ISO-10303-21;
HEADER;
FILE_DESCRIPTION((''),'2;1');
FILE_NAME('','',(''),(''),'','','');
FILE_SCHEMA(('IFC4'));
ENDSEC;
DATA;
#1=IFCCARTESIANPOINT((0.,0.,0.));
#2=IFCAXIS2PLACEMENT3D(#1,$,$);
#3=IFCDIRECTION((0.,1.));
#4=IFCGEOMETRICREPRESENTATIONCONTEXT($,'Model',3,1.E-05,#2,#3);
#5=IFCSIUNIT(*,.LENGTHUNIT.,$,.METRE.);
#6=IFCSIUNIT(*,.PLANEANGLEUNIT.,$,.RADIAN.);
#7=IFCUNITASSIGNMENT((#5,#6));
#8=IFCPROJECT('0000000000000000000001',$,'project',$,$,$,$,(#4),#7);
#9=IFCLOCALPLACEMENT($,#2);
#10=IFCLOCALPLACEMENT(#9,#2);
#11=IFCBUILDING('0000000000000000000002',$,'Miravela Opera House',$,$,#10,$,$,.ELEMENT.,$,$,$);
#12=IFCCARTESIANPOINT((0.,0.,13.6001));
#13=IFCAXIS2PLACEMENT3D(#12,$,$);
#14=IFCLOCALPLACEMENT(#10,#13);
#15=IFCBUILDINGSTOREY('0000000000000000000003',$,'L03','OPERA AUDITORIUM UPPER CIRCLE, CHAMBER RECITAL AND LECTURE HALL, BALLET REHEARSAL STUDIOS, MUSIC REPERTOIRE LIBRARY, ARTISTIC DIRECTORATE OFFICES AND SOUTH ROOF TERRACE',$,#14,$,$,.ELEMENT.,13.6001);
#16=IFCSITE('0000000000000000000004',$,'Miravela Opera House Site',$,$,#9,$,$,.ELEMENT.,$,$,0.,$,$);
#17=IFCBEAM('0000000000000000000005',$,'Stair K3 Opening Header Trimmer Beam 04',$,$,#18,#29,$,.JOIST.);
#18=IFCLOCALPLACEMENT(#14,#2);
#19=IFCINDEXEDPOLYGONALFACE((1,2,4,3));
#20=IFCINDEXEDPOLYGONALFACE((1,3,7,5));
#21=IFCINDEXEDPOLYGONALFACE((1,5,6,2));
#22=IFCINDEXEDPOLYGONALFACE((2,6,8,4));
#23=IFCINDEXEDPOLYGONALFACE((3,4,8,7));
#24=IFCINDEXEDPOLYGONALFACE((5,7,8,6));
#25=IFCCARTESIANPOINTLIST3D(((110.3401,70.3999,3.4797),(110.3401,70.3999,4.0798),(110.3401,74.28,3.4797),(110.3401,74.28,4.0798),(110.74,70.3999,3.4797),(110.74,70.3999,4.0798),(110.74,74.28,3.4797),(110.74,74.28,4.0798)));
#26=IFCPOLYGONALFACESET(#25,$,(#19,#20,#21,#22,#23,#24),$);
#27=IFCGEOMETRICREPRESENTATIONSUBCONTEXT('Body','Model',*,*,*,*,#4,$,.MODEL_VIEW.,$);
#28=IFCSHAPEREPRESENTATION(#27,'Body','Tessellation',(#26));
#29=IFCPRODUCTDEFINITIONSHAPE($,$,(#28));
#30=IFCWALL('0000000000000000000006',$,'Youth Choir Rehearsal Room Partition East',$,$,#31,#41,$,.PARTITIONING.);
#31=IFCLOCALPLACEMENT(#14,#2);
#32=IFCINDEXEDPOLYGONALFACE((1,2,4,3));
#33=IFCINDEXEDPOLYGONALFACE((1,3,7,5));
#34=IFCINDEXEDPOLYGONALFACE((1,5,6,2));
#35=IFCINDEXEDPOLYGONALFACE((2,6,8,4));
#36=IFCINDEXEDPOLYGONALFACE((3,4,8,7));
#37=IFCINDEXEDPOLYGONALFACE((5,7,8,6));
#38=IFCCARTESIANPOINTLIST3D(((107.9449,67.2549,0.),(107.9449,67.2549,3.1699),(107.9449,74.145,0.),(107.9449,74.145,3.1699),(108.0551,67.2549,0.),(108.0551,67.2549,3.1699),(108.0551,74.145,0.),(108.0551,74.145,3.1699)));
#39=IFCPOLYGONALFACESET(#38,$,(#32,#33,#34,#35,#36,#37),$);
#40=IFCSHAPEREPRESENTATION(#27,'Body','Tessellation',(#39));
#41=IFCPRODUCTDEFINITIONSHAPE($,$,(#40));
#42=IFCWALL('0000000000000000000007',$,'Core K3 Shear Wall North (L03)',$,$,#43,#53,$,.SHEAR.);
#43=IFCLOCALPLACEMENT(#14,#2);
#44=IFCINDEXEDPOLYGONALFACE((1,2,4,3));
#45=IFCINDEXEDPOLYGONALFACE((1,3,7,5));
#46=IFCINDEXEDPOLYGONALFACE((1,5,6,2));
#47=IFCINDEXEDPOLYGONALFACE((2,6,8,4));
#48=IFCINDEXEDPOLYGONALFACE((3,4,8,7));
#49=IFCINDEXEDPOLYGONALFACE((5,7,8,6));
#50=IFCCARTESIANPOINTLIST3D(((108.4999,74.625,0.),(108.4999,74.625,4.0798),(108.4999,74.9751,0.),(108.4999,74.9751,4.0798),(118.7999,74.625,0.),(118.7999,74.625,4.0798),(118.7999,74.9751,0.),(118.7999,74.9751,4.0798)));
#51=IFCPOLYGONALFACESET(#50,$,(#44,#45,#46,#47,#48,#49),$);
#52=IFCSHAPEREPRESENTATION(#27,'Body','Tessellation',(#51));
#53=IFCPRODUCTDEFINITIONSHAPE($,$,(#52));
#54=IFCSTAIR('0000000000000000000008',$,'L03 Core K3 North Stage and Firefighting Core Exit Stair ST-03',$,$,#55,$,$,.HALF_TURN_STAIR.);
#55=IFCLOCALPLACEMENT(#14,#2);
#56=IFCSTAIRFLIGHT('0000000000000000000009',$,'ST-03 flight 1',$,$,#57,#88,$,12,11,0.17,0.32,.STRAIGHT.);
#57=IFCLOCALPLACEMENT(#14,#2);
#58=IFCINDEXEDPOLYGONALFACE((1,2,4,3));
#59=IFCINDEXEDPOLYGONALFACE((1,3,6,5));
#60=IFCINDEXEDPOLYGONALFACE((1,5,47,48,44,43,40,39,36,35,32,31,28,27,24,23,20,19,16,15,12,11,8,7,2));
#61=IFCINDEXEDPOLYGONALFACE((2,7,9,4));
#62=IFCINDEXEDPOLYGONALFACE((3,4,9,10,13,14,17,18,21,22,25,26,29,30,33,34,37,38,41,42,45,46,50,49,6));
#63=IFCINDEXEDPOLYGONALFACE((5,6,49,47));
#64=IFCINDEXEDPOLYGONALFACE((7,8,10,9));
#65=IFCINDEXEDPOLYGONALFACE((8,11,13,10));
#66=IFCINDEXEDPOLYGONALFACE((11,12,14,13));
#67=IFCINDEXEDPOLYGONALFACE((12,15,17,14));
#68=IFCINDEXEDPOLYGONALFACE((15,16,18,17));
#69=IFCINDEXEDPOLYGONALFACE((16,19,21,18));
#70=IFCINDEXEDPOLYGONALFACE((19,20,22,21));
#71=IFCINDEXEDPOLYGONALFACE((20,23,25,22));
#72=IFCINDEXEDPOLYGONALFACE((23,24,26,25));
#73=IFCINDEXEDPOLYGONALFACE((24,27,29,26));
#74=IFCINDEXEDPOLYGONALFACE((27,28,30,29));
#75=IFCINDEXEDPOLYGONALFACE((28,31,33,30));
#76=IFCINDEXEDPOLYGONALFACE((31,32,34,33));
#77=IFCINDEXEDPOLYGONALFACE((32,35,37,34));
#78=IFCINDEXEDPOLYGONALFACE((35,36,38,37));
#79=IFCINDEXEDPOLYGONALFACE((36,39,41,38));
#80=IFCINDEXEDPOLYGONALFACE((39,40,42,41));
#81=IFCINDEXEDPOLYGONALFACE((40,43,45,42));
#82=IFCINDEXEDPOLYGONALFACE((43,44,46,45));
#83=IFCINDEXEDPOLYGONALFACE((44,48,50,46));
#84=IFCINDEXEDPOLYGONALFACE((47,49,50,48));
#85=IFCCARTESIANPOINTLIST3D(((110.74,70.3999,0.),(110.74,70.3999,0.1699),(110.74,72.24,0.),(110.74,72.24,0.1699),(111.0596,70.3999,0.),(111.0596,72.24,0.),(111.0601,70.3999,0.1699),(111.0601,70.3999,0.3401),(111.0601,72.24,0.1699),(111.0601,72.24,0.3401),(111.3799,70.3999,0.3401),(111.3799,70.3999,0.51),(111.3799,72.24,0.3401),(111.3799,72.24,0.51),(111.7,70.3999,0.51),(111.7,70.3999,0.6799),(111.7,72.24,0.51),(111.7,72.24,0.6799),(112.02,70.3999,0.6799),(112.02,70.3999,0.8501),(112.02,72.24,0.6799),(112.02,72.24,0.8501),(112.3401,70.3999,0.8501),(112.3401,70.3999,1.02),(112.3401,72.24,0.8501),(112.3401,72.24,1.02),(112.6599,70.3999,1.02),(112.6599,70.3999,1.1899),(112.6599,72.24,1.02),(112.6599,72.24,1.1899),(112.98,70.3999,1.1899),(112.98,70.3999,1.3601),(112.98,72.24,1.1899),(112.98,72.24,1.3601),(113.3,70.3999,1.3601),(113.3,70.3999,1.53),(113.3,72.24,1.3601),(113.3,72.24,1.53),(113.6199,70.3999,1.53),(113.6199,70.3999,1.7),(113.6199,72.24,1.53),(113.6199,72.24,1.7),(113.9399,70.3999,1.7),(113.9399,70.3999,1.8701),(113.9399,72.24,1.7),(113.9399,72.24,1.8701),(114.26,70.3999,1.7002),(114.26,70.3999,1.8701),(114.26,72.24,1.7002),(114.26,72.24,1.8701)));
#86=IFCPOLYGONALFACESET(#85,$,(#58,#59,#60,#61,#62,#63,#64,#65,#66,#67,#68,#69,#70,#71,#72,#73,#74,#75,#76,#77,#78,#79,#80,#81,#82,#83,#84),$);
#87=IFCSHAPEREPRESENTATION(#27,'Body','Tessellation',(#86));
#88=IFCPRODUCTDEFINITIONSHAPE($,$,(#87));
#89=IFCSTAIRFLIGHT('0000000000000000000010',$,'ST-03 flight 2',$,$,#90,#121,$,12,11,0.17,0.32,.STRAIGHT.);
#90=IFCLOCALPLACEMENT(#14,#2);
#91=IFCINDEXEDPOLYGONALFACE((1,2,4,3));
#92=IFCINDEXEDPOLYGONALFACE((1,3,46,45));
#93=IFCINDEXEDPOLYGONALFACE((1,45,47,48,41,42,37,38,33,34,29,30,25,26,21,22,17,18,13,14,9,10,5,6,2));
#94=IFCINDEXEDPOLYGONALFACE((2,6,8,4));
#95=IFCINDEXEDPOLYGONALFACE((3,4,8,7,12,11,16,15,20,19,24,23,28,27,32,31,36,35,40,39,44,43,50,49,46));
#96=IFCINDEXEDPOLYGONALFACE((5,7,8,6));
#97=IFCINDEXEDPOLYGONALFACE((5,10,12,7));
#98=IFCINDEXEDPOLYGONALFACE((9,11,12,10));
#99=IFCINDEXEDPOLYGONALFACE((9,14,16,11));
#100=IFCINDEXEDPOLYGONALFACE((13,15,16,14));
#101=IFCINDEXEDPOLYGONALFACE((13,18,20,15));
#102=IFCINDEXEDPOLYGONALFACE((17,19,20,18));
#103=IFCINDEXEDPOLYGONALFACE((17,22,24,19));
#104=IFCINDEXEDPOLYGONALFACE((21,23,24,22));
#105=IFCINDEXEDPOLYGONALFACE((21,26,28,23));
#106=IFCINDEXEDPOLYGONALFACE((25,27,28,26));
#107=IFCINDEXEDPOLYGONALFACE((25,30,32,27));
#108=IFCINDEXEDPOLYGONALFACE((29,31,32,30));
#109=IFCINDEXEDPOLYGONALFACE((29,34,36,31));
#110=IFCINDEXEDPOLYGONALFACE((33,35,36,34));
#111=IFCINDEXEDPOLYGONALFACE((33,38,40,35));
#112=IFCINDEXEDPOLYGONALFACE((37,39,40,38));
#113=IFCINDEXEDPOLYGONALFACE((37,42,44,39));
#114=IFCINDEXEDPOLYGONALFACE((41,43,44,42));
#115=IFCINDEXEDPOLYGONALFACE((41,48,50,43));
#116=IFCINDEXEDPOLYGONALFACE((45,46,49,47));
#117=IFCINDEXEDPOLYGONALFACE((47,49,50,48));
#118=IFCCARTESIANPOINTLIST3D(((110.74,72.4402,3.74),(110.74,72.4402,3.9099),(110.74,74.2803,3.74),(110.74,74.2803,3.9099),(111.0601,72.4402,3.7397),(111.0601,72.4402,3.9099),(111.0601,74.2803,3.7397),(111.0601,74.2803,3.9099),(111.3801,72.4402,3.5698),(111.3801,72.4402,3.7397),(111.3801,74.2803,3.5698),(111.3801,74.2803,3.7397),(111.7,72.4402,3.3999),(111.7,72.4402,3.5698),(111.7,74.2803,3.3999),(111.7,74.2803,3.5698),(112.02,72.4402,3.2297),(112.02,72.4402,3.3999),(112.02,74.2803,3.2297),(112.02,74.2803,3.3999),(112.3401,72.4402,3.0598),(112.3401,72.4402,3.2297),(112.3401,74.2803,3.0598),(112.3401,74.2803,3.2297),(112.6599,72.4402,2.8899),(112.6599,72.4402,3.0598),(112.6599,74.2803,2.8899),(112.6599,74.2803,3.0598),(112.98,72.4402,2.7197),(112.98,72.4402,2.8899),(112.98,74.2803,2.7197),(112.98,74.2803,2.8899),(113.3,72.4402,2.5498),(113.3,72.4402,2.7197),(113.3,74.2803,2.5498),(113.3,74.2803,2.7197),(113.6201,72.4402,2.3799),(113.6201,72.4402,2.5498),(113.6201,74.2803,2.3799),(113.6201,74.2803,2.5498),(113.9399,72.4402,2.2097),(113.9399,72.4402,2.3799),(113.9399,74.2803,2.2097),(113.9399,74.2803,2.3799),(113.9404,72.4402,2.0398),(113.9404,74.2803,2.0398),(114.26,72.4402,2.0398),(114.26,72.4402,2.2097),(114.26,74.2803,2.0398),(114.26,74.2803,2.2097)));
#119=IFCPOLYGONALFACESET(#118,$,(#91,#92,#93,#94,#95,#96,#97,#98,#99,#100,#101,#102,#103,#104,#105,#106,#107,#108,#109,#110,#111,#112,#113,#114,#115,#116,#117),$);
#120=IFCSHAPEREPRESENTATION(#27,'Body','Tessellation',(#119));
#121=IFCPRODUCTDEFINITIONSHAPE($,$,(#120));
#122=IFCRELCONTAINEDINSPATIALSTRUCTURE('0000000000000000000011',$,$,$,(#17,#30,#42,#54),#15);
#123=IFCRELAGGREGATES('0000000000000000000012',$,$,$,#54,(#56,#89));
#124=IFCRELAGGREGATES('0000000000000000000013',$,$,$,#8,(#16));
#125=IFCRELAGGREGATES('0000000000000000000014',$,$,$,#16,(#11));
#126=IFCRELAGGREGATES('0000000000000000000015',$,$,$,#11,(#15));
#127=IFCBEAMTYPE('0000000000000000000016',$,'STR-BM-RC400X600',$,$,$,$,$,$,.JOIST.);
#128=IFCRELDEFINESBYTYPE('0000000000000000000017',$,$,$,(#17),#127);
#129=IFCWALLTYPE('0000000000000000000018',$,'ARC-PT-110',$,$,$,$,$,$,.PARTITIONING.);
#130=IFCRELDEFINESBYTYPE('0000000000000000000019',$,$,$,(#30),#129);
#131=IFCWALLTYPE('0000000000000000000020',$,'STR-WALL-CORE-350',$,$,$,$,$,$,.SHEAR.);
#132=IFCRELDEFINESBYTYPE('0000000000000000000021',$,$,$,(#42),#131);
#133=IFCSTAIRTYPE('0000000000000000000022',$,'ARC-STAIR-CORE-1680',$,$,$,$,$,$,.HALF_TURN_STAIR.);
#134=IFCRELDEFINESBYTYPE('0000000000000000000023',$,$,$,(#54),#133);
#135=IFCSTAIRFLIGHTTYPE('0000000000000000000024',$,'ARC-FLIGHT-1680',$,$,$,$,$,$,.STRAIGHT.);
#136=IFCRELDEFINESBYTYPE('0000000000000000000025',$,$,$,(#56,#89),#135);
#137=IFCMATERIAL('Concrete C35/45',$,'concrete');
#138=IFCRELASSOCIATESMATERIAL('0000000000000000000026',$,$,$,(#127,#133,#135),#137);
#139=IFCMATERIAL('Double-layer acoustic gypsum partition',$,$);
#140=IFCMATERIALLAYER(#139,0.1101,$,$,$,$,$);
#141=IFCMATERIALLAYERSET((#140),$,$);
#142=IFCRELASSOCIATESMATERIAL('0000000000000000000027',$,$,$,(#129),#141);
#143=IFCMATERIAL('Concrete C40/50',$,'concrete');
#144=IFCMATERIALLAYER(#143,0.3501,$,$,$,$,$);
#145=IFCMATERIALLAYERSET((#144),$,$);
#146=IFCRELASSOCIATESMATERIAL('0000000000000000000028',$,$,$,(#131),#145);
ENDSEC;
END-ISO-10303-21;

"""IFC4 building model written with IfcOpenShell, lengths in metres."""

from ifc_helpers import new_model, si_unit, direction, frame, frame_2d, origin, origin_2d, place, context, subcontext, project, spatial, polyline, rectangle, outline, extrude, material, layer, layer_set, material_profile, profile_set, type_object, element, aggregate, save


model = new_model("IFC4")

# Units and contexts
model_context = context("Model", 3, precision=1e-05, world=origin(), true_north=direction((0.0, 1.0)))
body_context = subcontext(model_context, "Body", "Model", "MODEL_VIEW")
ifc_project = project(units=[si_unit("LENGTHUNIT", "METRE"), si_unit("PLANEANGLEUNIT", "RADIAN")], contexts=[model_context])

# Site, building, storey
site_placement = place(None, origin())
site = spatial("IfcSite", under=ifc_project, at=site_placement, Name="Miravela Opera House Site", CompositionType="ELEMENT", RefElevation=0.0)
building_placement = place(site_placement, origin())
building = spatial("IfcBuilding", under=site, at=building_placement, Name="Miravela Opera House", CompositionType="ELEMENT")
storey_placement = place(building_placement, frame((0.0, 0.0, 13.6001)))
storey = spatial("IfcBuildingStorey", under=building, at=storey_placement, Name="L03", Description="OPERA AUDITORIUM UPPER CIRCLE, CHAMBER RECITAL AND LECTURE HALL, BALLET REHEARSAL STUDIOS, MUSIC REPERTOIRE LIBRARY, ARTISTIC DIRECTORATE OFFICES AND SOUTH ROOF TERRACE", CompositionType="ELEMENT", Elevation=13.6001)

# Beam
ifc_material_1 = material(Name="Concrete C35/45", Category="concrete")
ifc_material_profile_1 = material_profile(ifc_material_1, rectangle(XDim=0.3999, YDim=0.6001, at=origin_2d()), Name="RC-BM-400X600")
ifc_profile_set_1 = profile_set([ifc_material_profile_1])
beam_type = type_object("IfcBeamType", Name="STR-BM-RC400X600", PredefinedType="JOIST", material=ifc_profile_set_1)
beam_placement = place(storey_placement, frame((110.54, 70.3999, 3.7798), z_axis=(0.0, 1.0, 0.0), x_axis=(-1.0, 0.0, 0.0)))
element("IfcBeam", 1, at=beam_placement, inside=storey, type_object=beam_type, Name="Stair K3 Opening Header Trimmer Beam 04", PredefinedType="JOIST", context=body_context, shape_type="SweptSolid", body=[
    extrude(rectangle(XDim=0.3999, YDim=0.6001, at=origin_2d()), origin(), (0.0, 0.0, 1.0), 3.8801),
])

# Walls
ifc_material_2 = material(Name="Double-layer acoustic gypsum partition")
ifc_layer_1 = layer(ifc_material_2, 0.1101)
ifc_layer_set_1 = layer_set([ifc_layer_1])
wall_type_1 = type_object("IfcWallType", Name="ARC-PT-110", PredefinedType="PARTITIONING", material=ifc_layer_set_1)
wall_1_placement = place(storey_placement, frame((108.0, 67.2549, 0.0), z_axis=(0.0, 0.0, 1.0), x_axis=(0.0, 1.0, 0.0)))
element("IfcWall", 2, at=wall_1_placement, inside=storey, type_object=wall_type_1, Name="Youth Choir Rehearsal Room Partition East", PredefinedType="PARTITIONING", context=body_context, shape_type="SweptSolid", body=[
    extrude(rectangle(XDim=6.8901, YDim=0.1101, at=frame_2d((3.4451, 0.0))), origin(), (0.0, 0.0, 1.0), 3.1699),
])
ifc_material_3 = material(Name="Concrete C40/50", Category="concrete")
ifc_layer_2 = layer(ifc_material_3, 0.3501)
ifc_layer_set_2 = layer_set([ifc_layer_2])
wall_type_2 = type_object("IfcWallType", Name="STR-WALL-CORE-350", PredefinedType="SHEAR", material=ifc_layer_set_2)
wall_2_placement = place(storey_placement, frame((108.5, 74.8, 0.0), z_axis=(0.0, 0.0, 1.0), x_axis=(1.0, 0.0, 0.0)))
element("IfcWall", 3, at=wall_2_placement, inside=storey, type_object=wall_type_2, Name="Core K3 Shear Wall North (L03)", PredefinedType="SHEAR", context=body_context, shape_type="SweptSolid", body=[
    extrude(rectangle(XDim=10.3, YDim=0.3501, at=frame_2d((5.1499, 0.0))), origin(), (0.0, 0.0, 1.0), 4.0798),
])

# Stair, stair flights
stair_type = type_object("IfcStairType", Name="ARC-STAIR-CORE-1680", PredefinedType="HALF_TURN_STAIR", material=ifc_material_1)
stair_placement = place(storey_placement, origin())
stair = element("IfcStair", 4, at=stair_placement, inside=storey, type_object=stair_type, Name="L03 Core K3 North Stage and Firefighting Core Exit Stair ST-03", PredefinedType="HALF_TURN_STAIR")
stair_flight_type = type_object("IfcStairFlightType", Name="ARC-FLIGHT-1680", PredefinedType="STRAIGHT", material=ifc_material_1)
stair_flight_1_placement = place(storey_placement, frame((110.74, 71.3201, 0.0), z_axis=(0.0, 0.0, 1.0), x_axis=(1.0, 0.0, 0.0)))
stair_flight_1 = element("IfcStairFlight", 5, at=stair_flight_1_placement, type_object=stair_flight_type, Name="ST-03 flight 1", NumberOfRisers=12, NumberOfTreads=11, PredefinedType="STRAIGHT", RiserHeight=0.17, TreadLength=0.32, context=body_context, shape_type="SweptSolid", body=[
    extrude(outline(polyline([(0.0, 0.0), (0.0, 0.1699), (0.3201, 0.1699), (0.3201, 0.3401), (0.6399, 0.3401), (0.6399, 0.51), (0.96, 0.51), (0.96, 0.6799), (1.28, 0.6799), (1.28, 0.8501), (1.6001, 0.8501), (1.6001, 1.02), (1.9199, 1.02), (1.9199, 1.1899), (2.24, 1.1899), (2.24, 1.3601), (2.5601, 1.3601), (2.5601, 1.53), (2.8799, 1.53), (2.8799, 1.7), (3.2, 1.7), (3.2, 1.8701), (3.52, 1.8701), (3.52, 2.04), (3.52, 1.7002), (0.3196, 0.0), (0.0, 0.0)])), frame((0.0, 0.9199, 0.0), z_axis=(0.0, -1.0, 0.0), x_axis=(1.0, 0.0, 0.0)), (0.0, 0.0, 1.0), 1.8401),
])
stair_flight_2_placement = place(storey_placement, frame((114.26, 73.3601, 2.0398), z_axis=(0.0, 0.0, 1.0), x_axis=(-1.0, 0.0, 0.0)))
stair_flight_2 = element("IfcStairFlight", 6, at=stair_flight_2_placement, type_object=stair_flight_type, Name="ST-03 flight 2", NumberOfRisers=12, NumberOfTreads=11, PredefinedType="STRAIGHT", RiserHeight=0.17, TreadLength=0.32, context=body_context, shape_type="SweptSolid", body=[
    extrude(outline(polyline([(0.0, 0.0), (0.0, 0.1699), (0.3201, 0.1699), (0.3201, 0.3401), (0.6399, 0.3401), (0.6399, 0.51), (0.96, 0.51), (0.96, 0.6799), (1.28, 0.6799), (1.28, 0.8501), (1.6001, 0.8501), (1.6001, 1.02), (1.9199, 1.02), (1.9199, 1.1899), (2.24, 1.1899), (2.24, 1.3601), (2.5601, 1.3601), (2.5601, 1.53), (2.8799, 1.53), (2.8799, 1.7), (3.2, 1.7), (3.2, 1.8701), (3.52, 1.8701), (3.52, 2.04), (3.52, 1.7002), (0.3196, 0.0), (0.0, 0.0)])), frame((0.0, 0.9199, 0.0), z_axis=(0.0, -1.0, 0.0), x_axis=(1.0, 0.0, 0.0)), (0.0, 0.0, 1.0), 1.8401),
])
aggregate(stair, [stair_flight_1, stair_flight_2])

save(model, "model.ifc")
